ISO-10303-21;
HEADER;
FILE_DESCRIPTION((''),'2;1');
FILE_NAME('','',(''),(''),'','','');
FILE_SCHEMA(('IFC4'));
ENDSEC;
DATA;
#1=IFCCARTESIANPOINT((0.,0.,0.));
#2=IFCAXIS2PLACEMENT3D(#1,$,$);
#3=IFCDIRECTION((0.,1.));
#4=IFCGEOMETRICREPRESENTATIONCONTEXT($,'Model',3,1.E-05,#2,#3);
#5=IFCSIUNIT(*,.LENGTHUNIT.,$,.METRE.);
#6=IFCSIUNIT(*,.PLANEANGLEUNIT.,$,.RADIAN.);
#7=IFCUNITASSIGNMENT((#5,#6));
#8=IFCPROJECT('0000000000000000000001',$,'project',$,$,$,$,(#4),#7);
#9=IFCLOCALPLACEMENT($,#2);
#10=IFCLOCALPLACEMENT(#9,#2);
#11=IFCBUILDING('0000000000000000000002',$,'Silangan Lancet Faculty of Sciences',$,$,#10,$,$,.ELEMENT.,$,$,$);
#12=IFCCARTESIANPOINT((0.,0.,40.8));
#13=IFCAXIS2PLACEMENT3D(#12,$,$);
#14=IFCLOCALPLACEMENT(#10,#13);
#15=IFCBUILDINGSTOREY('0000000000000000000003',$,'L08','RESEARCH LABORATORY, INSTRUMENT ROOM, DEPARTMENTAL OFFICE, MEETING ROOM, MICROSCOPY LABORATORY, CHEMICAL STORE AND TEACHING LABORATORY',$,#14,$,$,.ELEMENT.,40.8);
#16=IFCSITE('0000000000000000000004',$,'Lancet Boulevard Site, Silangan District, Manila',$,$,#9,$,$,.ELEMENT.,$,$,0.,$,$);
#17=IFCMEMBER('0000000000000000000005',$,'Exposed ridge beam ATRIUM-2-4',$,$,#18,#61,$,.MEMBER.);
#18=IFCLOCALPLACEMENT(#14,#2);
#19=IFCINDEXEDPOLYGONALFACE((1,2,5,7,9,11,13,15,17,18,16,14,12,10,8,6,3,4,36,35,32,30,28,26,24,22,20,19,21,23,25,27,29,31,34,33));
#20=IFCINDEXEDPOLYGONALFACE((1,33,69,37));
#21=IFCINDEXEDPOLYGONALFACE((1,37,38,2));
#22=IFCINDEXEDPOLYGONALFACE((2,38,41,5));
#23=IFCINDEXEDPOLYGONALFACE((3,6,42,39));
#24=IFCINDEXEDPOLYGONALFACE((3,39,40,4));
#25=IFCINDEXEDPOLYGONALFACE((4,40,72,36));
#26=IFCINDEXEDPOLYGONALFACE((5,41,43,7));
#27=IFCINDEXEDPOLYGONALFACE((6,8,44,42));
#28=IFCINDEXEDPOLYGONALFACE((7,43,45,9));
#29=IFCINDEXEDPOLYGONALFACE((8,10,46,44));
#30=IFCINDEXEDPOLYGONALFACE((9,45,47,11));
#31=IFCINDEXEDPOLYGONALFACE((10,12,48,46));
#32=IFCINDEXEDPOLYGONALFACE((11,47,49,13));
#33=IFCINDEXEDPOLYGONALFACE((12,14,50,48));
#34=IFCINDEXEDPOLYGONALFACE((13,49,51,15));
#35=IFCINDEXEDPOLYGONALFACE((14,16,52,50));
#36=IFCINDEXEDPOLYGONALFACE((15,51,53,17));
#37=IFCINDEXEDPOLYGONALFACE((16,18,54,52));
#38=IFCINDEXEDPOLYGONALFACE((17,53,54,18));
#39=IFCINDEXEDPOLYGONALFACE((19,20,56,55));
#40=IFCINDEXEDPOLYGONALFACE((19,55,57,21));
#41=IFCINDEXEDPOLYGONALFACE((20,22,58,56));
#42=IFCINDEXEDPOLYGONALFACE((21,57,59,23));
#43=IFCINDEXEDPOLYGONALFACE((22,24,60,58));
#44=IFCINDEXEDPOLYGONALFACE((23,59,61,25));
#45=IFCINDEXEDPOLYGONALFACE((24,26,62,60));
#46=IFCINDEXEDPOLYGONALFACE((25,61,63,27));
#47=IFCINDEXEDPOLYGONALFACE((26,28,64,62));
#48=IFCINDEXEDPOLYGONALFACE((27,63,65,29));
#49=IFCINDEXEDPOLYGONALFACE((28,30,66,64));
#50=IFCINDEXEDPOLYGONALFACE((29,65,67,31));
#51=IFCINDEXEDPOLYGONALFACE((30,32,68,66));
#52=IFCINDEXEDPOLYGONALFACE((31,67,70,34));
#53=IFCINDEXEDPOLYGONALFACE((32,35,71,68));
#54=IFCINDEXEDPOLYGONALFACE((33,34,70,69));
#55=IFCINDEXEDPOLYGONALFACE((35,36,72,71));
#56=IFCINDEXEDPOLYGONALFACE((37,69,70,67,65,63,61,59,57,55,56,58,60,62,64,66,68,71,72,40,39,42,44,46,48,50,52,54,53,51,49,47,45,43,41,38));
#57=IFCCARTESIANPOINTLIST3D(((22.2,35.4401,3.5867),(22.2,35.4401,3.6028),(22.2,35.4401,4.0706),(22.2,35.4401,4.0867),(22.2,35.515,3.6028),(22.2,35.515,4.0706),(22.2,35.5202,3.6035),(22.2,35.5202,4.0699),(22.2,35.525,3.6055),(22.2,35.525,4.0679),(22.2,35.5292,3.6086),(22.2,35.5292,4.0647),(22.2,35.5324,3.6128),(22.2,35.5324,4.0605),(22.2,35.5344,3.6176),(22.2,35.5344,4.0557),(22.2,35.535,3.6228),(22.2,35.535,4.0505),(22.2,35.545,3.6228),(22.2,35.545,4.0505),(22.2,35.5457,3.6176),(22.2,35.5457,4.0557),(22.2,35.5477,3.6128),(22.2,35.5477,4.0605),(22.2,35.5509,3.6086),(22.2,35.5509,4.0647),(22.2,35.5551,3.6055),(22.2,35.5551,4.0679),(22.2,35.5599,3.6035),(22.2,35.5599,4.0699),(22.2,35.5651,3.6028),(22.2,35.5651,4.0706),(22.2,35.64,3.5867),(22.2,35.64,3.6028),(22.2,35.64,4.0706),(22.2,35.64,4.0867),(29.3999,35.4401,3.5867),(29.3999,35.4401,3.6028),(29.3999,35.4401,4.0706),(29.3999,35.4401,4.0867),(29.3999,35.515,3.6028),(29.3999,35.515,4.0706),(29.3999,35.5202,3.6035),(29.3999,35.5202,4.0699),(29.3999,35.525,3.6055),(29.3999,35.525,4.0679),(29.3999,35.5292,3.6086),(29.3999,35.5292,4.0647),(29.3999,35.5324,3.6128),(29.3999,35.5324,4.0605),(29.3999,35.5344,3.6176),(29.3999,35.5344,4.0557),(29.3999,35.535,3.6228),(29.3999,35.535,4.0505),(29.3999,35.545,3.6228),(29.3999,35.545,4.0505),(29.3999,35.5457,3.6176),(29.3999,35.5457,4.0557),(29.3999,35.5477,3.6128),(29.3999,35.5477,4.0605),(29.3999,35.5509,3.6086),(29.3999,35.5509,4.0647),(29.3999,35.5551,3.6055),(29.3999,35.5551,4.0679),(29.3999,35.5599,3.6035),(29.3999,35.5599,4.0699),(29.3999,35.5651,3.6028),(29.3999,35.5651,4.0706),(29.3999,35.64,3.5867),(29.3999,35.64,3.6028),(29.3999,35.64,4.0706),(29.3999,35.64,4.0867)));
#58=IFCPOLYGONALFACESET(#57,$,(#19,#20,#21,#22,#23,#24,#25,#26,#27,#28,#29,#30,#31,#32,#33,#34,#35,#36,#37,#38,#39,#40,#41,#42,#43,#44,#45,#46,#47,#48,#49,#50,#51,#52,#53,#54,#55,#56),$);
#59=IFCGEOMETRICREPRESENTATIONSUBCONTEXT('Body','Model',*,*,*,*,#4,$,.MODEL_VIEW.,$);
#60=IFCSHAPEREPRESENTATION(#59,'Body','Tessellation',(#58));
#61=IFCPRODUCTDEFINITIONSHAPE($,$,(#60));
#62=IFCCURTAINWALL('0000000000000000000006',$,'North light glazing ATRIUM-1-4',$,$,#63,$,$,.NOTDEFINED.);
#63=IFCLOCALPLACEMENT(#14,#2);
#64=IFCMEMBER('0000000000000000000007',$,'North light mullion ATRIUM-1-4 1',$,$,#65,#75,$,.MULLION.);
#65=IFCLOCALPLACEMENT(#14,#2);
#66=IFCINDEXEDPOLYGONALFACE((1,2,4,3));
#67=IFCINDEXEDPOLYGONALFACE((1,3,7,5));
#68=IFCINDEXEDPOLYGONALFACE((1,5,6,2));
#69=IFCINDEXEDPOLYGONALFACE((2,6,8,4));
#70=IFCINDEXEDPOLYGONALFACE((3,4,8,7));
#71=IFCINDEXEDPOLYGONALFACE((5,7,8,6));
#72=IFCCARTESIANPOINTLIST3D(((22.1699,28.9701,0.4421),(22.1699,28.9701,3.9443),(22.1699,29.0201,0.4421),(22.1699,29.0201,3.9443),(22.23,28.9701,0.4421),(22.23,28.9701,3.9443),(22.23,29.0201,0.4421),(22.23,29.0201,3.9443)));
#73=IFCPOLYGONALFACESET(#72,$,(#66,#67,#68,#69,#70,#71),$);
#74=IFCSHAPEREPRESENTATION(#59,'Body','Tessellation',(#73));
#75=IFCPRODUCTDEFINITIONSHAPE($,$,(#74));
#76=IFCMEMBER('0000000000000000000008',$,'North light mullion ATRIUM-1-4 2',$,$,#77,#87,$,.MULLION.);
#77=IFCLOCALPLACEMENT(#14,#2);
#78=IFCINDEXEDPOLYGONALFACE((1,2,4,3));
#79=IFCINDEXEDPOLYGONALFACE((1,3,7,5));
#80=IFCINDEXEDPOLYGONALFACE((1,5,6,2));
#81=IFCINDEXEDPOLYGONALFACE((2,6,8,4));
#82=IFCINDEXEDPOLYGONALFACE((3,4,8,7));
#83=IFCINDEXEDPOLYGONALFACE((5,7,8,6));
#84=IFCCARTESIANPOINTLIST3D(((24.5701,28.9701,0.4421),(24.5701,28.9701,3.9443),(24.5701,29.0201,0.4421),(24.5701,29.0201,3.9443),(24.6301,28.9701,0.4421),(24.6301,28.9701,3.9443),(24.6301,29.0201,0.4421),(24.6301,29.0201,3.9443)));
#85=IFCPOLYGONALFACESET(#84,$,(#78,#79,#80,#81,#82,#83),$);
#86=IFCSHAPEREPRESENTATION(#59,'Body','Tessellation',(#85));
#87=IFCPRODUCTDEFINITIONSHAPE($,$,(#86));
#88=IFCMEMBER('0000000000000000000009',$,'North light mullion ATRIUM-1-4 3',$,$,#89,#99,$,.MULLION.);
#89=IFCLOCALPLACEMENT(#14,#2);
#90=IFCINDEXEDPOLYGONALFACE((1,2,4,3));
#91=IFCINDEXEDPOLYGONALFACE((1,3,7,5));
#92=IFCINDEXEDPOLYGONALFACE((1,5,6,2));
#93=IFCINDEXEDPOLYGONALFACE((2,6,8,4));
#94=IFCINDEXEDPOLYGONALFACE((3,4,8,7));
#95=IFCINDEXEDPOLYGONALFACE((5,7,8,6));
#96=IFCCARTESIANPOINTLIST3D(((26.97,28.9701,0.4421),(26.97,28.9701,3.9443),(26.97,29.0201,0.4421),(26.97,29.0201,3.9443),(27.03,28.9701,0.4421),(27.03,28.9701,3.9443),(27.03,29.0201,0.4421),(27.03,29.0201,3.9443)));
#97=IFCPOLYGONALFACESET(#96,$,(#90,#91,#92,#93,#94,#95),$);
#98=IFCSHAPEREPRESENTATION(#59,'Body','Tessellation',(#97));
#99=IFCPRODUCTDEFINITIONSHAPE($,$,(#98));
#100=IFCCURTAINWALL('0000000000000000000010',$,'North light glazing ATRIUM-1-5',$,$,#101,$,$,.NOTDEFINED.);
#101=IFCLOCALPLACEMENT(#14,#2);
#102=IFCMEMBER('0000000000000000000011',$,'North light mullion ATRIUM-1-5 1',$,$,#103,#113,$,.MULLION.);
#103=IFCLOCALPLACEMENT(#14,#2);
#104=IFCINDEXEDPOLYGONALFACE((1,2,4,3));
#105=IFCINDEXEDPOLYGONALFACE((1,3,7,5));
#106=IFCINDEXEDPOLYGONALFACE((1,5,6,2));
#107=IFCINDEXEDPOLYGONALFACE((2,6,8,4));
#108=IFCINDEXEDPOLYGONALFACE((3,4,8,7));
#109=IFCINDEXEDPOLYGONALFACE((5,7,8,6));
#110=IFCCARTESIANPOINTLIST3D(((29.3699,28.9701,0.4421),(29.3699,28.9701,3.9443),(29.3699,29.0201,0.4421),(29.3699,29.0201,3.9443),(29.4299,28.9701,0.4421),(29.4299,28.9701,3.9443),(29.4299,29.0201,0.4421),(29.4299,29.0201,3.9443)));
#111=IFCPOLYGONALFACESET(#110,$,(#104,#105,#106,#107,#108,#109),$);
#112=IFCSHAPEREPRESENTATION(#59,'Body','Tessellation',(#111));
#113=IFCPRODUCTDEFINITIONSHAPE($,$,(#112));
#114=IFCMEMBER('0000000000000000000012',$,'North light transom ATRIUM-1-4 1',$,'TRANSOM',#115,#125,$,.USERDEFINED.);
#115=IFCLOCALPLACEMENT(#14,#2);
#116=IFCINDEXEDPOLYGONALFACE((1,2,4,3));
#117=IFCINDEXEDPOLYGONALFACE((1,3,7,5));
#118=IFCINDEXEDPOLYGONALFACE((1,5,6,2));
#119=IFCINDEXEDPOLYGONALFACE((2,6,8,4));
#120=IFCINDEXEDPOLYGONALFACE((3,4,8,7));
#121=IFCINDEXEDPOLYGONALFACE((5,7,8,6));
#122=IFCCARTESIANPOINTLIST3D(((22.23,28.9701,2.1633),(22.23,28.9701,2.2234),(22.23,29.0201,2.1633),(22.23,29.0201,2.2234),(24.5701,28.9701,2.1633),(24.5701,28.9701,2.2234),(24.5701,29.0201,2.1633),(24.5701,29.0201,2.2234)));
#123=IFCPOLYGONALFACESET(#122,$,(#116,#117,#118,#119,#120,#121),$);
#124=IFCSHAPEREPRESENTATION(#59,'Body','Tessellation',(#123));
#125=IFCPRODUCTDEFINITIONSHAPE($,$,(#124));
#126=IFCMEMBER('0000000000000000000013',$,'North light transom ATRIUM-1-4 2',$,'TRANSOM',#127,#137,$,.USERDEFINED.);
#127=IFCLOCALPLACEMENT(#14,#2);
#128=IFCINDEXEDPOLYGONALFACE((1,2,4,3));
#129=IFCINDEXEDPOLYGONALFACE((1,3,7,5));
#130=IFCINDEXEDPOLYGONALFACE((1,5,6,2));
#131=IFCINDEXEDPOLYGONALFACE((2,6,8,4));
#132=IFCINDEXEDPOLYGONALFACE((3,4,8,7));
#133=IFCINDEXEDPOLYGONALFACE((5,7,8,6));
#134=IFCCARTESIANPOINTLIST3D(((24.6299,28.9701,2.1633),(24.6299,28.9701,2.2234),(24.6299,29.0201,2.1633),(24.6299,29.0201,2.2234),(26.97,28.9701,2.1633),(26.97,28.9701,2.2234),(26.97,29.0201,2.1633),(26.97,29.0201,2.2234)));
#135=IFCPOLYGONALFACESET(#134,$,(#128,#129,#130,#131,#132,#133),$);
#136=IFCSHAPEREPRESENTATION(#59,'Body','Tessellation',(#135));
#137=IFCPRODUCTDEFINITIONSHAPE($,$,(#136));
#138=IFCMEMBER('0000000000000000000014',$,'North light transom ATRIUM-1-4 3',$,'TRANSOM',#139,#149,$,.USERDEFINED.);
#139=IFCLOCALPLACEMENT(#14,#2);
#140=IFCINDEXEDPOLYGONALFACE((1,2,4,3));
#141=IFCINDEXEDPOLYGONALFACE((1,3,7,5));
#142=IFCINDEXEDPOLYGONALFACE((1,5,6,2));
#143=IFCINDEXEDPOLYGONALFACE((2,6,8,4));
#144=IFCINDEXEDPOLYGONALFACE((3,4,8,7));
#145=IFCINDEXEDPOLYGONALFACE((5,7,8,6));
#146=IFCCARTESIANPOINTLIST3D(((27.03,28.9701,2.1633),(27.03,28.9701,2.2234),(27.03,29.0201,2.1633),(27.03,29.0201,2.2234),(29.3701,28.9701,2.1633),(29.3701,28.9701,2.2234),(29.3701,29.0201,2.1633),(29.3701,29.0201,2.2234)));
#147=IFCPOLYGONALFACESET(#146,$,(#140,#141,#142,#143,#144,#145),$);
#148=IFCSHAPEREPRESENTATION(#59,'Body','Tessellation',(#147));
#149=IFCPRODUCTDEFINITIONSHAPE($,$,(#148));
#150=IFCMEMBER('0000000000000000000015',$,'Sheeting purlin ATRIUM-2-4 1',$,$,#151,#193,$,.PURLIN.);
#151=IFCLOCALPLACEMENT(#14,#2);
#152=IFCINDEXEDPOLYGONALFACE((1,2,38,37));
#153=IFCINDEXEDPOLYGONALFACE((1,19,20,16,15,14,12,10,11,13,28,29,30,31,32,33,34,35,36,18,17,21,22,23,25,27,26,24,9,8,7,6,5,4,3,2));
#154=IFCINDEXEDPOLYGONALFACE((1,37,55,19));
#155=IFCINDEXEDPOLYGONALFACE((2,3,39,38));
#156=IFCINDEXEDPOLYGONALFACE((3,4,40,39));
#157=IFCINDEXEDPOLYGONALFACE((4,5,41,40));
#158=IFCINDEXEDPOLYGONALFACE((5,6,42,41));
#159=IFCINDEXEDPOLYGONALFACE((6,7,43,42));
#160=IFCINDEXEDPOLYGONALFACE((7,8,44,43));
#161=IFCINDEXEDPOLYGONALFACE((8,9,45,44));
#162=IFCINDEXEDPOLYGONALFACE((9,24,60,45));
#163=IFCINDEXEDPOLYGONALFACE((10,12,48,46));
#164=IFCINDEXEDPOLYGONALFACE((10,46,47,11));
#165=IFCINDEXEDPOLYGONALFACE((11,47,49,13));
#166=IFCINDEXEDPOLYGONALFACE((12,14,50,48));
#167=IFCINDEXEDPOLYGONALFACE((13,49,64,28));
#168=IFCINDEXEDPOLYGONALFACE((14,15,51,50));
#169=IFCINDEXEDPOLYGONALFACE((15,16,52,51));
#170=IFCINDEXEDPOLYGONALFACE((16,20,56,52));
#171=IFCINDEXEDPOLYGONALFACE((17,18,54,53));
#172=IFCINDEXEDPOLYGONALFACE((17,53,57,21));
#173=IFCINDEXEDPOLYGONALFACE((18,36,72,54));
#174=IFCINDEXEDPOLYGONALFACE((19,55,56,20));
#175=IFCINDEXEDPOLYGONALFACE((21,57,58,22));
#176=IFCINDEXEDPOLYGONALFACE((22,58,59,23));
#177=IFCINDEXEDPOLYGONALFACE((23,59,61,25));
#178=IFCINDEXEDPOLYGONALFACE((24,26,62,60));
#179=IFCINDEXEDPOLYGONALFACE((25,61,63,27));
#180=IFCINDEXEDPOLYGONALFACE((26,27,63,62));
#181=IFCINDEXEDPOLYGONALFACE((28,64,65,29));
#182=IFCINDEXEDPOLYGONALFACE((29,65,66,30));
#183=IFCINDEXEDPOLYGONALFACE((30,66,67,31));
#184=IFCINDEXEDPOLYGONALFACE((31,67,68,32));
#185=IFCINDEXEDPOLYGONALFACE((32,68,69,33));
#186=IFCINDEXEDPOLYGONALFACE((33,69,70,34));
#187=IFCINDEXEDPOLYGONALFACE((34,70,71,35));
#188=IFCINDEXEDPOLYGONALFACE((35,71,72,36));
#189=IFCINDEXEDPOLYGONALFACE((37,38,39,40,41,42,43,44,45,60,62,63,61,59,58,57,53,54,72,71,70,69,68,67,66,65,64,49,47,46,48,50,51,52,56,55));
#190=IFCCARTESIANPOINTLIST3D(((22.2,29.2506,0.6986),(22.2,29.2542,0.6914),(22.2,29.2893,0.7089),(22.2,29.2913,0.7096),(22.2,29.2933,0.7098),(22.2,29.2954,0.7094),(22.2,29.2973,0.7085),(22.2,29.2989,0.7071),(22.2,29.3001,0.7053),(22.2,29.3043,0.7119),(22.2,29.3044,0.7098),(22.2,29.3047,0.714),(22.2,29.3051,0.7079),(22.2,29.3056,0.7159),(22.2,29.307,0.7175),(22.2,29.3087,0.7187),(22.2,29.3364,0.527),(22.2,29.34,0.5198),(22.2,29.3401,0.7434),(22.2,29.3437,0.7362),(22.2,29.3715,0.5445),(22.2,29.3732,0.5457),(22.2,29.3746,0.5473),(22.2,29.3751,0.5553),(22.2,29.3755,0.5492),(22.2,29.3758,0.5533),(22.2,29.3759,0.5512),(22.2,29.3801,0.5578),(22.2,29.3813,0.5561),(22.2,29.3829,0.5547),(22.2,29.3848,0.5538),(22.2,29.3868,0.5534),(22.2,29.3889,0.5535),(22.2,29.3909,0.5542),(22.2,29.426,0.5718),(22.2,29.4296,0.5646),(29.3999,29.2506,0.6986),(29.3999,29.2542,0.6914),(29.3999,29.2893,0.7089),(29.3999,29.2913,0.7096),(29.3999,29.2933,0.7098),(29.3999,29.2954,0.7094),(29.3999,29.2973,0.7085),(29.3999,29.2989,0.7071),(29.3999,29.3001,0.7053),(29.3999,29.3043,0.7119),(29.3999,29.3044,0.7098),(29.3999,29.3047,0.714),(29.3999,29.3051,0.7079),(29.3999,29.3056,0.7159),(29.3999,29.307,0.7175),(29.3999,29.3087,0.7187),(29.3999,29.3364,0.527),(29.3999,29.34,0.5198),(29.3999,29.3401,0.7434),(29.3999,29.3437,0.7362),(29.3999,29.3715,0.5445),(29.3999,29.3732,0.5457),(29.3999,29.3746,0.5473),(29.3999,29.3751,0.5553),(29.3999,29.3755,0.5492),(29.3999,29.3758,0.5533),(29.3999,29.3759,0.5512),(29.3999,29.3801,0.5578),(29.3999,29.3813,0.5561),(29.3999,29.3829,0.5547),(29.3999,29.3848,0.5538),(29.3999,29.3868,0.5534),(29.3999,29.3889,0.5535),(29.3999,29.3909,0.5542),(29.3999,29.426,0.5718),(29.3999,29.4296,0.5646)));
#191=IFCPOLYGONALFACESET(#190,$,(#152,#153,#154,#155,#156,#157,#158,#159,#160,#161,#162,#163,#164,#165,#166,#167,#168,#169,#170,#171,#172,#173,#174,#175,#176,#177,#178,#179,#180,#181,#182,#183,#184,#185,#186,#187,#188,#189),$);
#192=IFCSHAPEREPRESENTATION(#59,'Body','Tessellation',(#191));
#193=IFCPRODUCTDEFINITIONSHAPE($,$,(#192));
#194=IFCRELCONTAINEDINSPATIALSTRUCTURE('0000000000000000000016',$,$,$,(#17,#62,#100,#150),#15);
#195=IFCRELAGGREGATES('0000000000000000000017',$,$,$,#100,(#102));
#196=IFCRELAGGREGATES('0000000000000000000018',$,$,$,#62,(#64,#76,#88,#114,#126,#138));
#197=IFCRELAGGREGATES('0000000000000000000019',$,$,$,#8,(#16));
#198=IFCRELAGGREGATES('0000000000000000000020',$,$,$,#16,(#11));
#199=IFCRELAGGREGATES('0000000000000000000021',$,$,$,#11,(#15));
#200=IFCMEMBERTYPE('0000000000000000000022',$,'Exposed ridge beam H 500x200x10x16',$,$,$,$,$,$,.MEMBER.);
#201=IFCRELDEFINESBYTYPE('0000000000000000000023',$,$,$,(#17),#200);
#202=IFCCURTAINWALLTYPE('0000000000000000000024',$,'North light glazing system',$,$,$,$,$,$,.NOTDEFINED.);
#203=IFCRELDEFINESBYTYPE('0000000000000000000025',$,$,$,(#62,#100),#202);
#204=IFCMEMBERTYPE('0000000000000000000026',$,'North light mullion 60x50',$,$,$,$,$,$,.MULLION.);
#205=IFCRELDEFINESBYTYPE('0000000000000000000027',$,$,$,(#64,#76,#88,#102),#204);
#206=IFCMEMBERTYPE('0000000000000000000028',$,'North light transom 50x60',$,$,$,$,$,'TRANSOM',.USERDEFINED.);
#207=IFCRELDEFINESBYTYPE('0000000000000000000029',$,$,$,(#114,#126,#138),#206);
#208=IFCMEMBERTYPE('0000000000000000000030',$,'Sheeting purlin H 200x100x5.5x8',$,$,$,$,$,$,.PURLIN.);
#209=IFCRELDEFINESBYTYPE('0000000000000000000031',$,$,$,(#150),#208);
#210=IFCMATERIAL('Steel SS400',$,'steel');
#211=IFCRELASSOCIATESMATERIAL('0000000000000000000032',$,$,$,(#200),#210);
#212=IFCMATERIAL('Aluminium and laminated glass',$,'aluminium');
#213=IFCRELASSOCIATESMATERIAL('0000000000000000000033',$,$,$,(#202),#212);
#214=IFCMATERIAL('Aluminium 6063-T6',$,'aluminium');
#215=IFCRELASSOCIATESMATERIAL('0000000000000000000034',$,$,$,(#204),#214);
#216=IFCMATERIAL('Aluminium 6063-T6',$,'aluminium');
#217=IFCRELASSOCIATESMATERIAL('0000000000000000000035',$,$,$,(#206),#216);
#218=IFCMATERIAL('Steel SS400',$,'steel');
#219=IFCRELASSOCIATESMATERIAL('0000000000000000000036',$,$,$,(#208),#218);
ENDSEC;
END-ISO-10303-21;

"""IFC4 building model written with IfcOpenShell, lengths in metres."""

from ifc_helpers import new_model, si_unit, direction, frame, origin, origin_2d, place, context, subcontext, project, spatial, rectangle, i_section, extrude, material, material_profile, profile_set, type_object, element, aggregate, save


model = new_model("IFC4")

# Units and contexts
model_context = context("Model", 3, precision=1e-05, world=origin(), true_north=direction((0.0, 1.0)))
body_context = subcontext(model_context, "Body", "Model", "MODEL_VIEW")
ifc_project = project(units=[si_unit("LENGTHUNIT", "METRE"), si_unit("PLANEANGLEUNIT", "RADIAN")], contexts=[model_context])

# Site, building, storey
site_placement = place(None, origin())
site = spatial("IfcSite", under=ifc_project, at=site_placement, Name="Lancet Boulevard Site, Silangan District, Manila", CompositionType="ELEMENT", RefElevation=0.0)
building_placement = place(site_placement, origin())
building = spatial("IfcBuilding", under=site, at=building_placement, Name="Silangan Lancet Faculty of Sciences", CompositionType="ELEMENT")
storey_placement = place(building_placement, frame((0.0, 0.0, 40.8)))
storey = spatial("IfcBuildingStorey", under=building, at=storey_placement, Name="L08", Description="RESEARCH LABORATORY, INSTRUMENT ROOM, DEPARTMENTAL OFFICE, MEETING ROOM, MICROSCOPY LABORATORY, CHEMICAL STORE AND TEACHING LABORATORY", CompositionType="ELEMENT", Elevation=40.8)

# Member
ifc_material_1 = material(Name="Steel SS400", Category="steel")
ifc_material_profile_1 = material_profile(ifc_material_1, i_section(OverallWidth=0.2, OverallDepth=0.5, WebThickness=0.01, FlangeThickness=0.0161, FilletRadius=0.02, at=origin_2d()), Name="H 500x200x10x16")
ifc_profile_set_1 = profile_set([ifc_material_profile_1], Name="Steel SS400")
member_type_1 = type_object("IfcMemberType", Name="Exposed ridge beam H 500x200x10x16", PredefinedType="MEMBER", material=ifc_profile_set_1)
member_1_placement = place(storey_placement, frame((22.2, 35.54, 3.8367), z_axis=(1.0, 0.0, 0.0), x_axis=(0.0, 1.0, 0.0)))
element("IfcMember", 1, at=member_1_placement, inside=storey, type_object=member_type_1, Name="Exposed ridge beam ATRIUM-2-4", PredefinedType="MEMBER", context=body_context, shape_type="SweptSolid", body=[
    extrude(i_section(OverallWidth=0.2, OverallDepth=0.5, WebThickness=0.01, FlangeThickness=0.0161, FilletRadius=0.02, at=origin_2d()), origin(), (0.0, 0.0, 1.0), 7.2),
])

# Curtain wall, members
ifc_material_2 = material(Name="Aluminium and laminated glass", Category="aluminium")
curtain_wall_type = type_object("IfcCurtainWallType", Name="North light glazing system", PredefinedType="NOTDEFINED", material=ifc_material_2)
curtain_wall_1_placement = place(storey_placement, origin())
curtain_wall_1 = element("IfcCurtainWall", 2, at=curtain_wall_1_placement, inside=storey, type_object=curtain_wall_type, Name="North light glazing ATRIUM-1-4", PredefinedType="NOTDEFINED")
ifc_material_3 = material(Name="Aluminium 6063-T6", Category="aluminium")
ifc_material_profile_2 = material_profile(ifc_material_3, rectangle(XDim=0.0601, YDim=0.05, at=origin_2d()), Name="AL 60x50")
ifc_profile_set_2 = profile_set([ifc_material_profile_2], Name="Aluminium 6063-T6")
member_type_2 = type_object("IfcMemberType", Name="North light mullion 60x50", PredefinedType="MULLION", material=ifc_profile_set_2)
member_2_placement = place(storey_placement, frame((22.2, 28.9951, 0.4421), z_axis=(0.0, 0.0, 1.0), x_axis=(1.0, 0.0, 0.0)))
member_2 = element("IfcMember", 3, at=member_2_placement, type_object=member_type_2, Name="North light mullion ATRIUM-1-4 1", PredefinedType="MULLION", context=body_context, shape_type="SweptSolid", body=[
    extrude(rectangle(XDim=0.0601, YDim=0.05, at=origin_2d()), origin(), (0.0, 0.0, 1.0), 3.5022),
])
member_3_placement = place(storey_placement, frame((24.6001, 28.9951, 0.4421), z_axis=(0.0, 0.0, 1.0), x_axis=(1.0, 0.0, 0.0)))
member_3 = element("IfcMember", 4, at=member_3_placement, type_object=member_type_2, Name="North light mullion ATRIUM-1-4 2", PredefinedType="MULLION", context=body_context, shape_type="SweptSolid", body=[
    extrude(rectangle(XDim=0.0601, YDim=0.05, at=origin_2d()), origin(), (0.0, 0.0, 1.0), 3.5022),
])
member_4_placement = place(storey_placement, frame((27.0, 28.9951, 0.4421), z_axis=(0.0, 0.0, 1.0), x_axis=(1.0, 0.0, 0.0)))
member_4 = element("IfcMember", 5, at=member_4_placement, type_object=member_type_2, Name="North light mullion ATRIUM-1-4 3", PredefinedType="MULLION", context=body_context, shape_type="SweptSolid", body=[
    extrude(rectangle(XDim=0.0601, YDim=0.05, at=origin_2d()), origin(), (0.0, 0.0, 1.0), 3.5022),
])

# Curtain wall, member
curtain_wall_2_placement = place(storey_placement, origin())
curtain_wall_2 = element("IfcCurtainWall", 6, at=curtain_wall_2_placement, inside=storey, type_object=curtain_wall_type, Name="North light glazing ATRIUM-1-5", PredefinedType="NOTDEFINED")
member_5_placement = place(storey_placement, frame((29.3999, 28.9951, 0.4421), z_axis=(0.0, 0.0, 1.0), x_axis=(1.0, 0.0, 0.0)))
member_5 = element("IfcMember", 7, at=member_5_placement, type_object=member_type_2, Name="North light mullion ATRIUM-1-5 1", PredefinedType="MULLION", context=body_context, shape_type="SweptSolid", body=[
    extrude(rectangle(XDim=0.0601, YDim=0.05, at=origin_2d()), origin(), (0.0, 0.0, 1.0), 3.5022),
])
aggregate(curtain_wall_2, [member_5])

# Members
ifc_material_4 = material(Name="Aluminium 6063-T6", Category="aluminium")
ifc_material_profile_3 = material_profile(ifc_material_4, rectangle(XDim=0.05, YDim=0.0601, at=origin_2d()), Name="AL 50x60")
ifc_profile_set_3 = profile_set([ifc_material_profile_3], Name="Aluminium 6063-T6")
member_type_3 = type_object("IfcMemberType", Name="North light transom 50x60", ElementType="TRANSOM", PredefinedType="USERDEFINED", material=ifc_profile_set_3)
member_6_placement = place(storey_placement, frame((22.23, 28.9951, 2.1934), z_axis=(1.0, 0.0, 0.0), x_axis=(0.0, 1.0, 0.0)))
member_6 = element("IfcMember", 8, at=member_6_placement, type_object=member_type_3, Name="North light transom ATRIUM-1-4 1", ObjectType="TRANSOM", PredefinedType="USERDEFINED", context=body_context, shape_type="SweptSolid", body=[
    extrude(rectangle(XDim=0.05, YDim=0.0601, at=origin_2d()), origin(), (0.0, 0.0, 1.0), 2.3401),
])
member_7_placement = place(storey_placement, frame((24.6299, 28.9951, 2.1934), z_axis=(1.0, 0.0, 0.0), x_axis=(0.0, 1.0, 0.0)))
member_7 = element("IfcMember", 9, at=member_7_placement, type_object=member_type_3, Name="North light transom ATRIUM-1-4 2", ObjectType="TRANSOM", PredefinedType="USERDEFINED", context=body_context, shape_type="SweptSolid", body=[
    extrude(rectangle(XDim=0.05, YDim=0.0601, at=origin_2d()), origin(), (0.0, 0.0, 1.0), 2.3401),
])
member_8_placement = place(storey_placement, frame((27.03, 28.9951, 2.1934), z_axis=(1.0, 0.0, 0.0), x_axis=(0.0, 1.0, 0.0)))
member_8 = element("IfcMember", 10, at=member_8_placement, type_object=member_type_3, Name="North light transom ATRIUM-1-4 3", ObjectType="TRANSOM", PredefinedType="USERDEFINED", context=body_context, shape_type="SweptSolid", body=[
    extrude(rectangle(XDim=0.05, YDim=0.0601, at=origin_2d()), origin(), (0.0, 0.0, 1.0), 2.3401),
])
aggregate(curtain_wall_1, [member_2, member_3, member_4, member_6, member_7, member_8])

# Member
ifc_material_5 = material(Name="Steel SS400", Category="steel")
ifc_material_profile_4 = material_profile(ifc_material_5, i_section(OverallWidth=0.1001, OverallDepth=0.2, WebThickness=0.0056, FlangeThickness=0.0081, FilletRadius=0.0081, at=origin_2d()), Name="H 200x100x5.5x8")
ifc_profile_set_4 = profile_set([ifc_material_profile_4], Name="Steel SS400")
member_type_4 = type_object("IfcMemberType", Name="Sheeting purlin H 200x100x5.5x8", PredefinedType="PURLIN", material=ifc_profile_set_4)
for number, where, z_axis, x_axis, name in (
    (11, (22.2, 29.3401, 0.6316), (1.0, 0.0, 0.0), (0.0, 0.894427, 0.447214), "Sheeting purlin ATRIUM-2-4 1"),
):
    element("IfcMember", number, at=place(storey_placement, frame(where, z_axis=z_axis, x_axis=x_axis)), inside=storey, type_object=member_type_4, Name=name, PredefinedType="PURLIN", context=body_context, shape_type="SweptSolid", body=[
        extrude(i_section(OverallWidth=0.1001, OverallDepth=0.2, WebThickness=0.0056, FlangeThickness=0.0081, FilletRadius=0.0081, at=origin_2d()), origin(), (0.0, 0.0, 1.0), 7.2),
    ])

save(model, "model.ifc")
